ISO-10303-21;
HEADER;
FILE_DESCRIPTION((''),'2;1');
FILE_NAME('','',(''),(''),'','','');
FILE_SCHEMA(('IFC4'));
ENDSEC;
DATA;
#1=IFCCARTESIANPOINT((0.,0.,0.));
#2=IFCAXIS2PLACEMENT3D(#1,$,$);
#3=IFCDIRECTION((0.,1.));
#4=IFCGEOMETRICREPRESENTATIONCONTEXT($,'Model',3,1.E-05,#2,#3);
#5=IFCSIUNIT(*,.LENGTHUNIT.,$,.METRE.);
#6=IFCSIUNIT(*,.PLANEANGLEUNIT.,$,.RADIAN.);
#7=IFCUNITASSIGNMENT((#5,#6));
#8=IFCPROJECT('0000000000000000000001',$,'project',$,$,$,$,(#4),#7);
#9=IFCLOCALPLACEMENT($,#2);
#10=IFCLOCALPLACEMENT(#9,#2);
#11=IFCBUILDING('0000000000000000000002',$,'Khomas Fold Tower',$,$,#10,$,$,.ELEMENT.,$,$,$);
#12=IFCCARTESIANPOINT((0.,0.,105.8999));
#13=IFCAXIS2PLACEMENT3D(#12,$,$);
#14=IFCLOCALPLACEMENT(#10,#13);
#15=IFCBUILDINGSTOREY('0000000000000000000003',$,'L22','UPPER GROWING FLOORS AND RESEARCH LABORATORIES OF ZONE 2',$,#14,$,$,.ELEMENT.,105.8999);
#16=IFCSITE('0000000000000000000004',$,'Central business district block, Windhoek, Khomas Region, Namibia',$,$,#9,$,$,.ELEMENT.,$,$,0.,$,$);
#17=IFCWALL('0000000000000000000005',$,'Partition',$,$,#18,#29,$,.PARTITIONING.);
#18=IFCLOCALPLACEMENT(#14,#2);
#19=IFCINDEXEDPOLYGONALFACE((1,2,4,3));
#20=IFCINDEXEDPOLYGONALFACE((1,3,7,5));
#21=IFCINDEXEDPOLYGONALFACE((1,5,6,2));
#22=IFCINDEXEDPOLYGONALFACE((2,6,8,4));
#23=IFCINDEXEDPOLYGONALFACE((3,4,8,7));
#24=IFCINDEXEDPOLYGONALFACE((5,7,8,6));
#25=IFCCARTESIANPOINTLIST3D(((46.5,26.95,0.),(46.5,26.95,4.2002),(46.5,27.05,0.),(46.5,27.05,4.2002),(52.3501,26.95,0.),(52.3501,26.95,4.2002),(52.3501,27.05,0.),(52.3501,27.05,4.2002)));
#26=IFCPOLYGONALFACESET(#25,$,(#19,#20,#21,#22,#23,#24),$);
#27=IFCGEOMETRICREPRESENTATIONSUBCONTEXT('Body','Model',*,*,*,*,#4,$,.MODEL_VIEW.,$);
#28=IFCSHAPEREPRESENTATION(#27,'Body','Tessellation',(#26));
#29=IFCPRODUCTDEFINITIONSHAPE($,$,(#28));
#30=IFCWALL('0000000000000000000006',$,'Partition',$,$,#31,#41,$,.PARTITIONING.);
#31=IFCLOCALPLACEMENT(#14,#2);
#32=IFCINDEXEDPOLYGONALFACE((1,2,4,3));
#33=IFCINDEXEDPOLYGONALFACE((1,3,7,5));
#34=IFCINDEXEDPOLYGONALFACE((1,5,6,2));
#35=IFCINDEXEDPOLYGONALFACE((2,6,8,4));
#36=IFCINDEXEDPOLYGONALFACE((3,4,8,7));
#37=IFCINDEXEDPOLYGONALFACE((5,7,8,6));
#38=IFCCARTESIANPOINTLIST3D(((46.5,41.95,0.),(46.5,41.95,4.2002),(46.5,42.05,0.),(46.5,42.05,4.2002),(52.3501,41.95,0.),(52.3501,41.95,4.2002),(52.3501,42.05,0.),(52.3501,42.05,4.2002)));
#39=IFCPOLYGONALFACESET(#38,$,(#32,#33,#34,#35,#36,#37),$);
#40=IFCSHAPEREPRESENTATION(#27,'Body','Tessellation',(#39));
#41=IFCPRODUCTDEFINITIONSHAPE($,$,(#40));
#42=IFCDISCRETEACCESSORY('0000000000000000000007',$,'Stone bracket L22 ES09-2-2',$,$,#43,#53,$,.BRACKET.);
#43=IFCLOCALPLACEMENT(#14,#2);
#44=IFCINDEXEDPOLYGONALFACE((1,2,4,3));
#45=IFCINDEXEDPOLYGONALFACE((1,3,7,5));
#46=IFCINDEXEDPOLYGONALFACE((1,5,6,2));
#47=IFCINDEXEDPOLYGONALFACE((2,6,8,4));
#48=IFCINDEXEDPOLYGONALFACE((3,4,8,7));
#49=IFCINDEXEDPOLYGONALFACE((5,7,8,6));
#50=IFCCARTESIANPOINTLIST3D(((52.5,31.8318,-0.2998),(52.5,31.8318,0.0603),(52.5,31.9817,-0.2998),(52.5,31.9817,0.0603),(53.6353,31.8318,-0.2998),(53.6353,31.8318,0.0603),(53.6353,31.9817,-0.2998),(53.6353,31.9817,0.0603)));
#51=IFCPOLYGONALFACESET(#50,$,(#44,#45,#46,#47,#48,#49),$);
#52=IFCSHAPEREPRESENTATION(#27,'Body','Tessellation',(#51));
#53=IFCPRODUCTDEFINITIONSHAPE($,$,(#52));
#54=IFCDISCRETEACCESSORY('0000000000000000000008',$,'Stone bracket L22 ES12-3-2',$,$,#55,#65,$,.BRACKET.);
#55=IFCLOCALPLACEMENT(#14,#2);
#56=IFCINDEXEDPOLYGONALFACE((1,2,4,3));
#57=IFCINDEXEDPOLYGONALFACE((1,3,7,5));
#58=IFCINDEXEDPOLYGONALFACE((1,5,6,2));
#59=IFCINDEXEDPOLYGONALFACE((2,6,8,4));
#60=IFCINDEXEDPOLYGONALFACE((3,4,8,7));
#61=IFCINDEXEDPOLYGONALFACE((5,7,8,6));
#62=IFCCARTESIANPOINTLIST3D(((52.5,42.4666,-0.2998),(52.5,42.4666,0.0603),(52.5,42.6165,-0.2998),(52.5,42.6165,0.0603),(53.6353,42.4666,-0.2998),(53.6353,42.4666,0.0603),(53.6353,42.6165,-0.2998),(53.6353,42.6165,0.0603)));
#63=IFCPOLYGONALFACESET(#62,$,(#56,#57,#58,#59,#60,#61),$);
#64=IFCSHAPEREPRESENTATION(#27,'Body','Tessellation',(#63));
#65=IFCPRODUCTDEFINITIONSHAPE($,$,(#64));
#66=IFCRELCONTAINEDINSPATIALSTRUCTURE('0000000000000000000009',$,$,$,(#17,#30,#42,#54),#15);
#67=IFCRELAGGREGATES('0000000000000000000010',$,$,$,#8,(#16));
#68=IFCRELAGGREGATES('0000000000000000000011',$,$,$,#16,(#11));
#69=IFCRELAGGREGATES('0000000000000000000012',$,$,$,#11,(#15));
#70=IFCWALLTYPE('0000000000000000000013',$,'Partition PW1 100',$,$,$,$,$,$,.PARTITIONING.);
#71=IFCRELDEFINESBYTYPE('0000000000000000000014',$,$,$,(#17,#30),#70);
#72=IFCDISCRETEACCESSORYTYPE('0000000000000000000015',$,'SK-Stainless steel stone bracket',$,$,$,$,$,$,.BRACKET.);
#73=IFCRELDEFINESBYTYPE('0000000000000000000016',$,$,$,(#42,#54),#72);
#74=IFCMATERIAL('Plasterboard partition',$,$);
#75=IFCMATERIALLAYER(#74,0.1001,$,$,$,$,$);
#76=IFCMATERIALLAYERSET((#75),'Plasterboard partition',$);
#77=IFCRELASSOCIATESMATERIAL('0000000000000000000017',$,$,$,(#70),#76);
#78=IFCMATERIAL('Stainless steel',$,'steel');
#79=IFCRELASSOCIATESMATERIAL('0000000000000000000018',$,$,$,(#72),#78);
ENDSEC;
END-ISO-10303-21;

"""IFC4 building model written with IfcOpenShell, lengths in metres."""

from ifc_helpers import new_model, si_unit, direction, frame, frame_2d, origin, origin_2d, place, context, subcontext, project, spatial, rectangle, extrude, source, transform, mapped, material, layer, layer_set, type_object, element, save


model = new_model("IFC4")

# Units and contexts
model_context = context("Model", 3, precision=1e-05, world=origin(), true_north=direction((0.0, 1.0)))
body_context = subcontext(model_context, "Body", "Model", "MODEL_VIEW")
ifc_project = project(units=[si_unit("LENGTHUNIT", "METRE"), si_unit("PLANEANGLEUNIT", "RADIAN")], contexts=[model_context])

# Site, building, storey
site_placement = place(None, origin())
site = spatial("IfcSite", under=ifc_project, at=site_placement, Name="Central business district block, Windhoek, Khomas Region, Namibia", CompositionType="ELEMENT", RefElevation=0.0)
building_placement = place(site_placement, origin())
building = spatial("IfcBuilding", under=site, at=building_placement, Name="Khomas Fold Tower", CompositionType="ELEMENT")
storey_placement = place(building_placement, frame((0.0, 0.0, 105.8999)))
storey = spatial("IfcBuildingStorey", under=building, at=storey_placement, Name="L22", Description="UPPER GROWING FLOORS AND RESEARCH LABORATORIES OF ZONE 2", CompositionType="ELEMENT", Elevation=105.8999)

# Walls
ifc_material_1 = material(Name="Plasterboard partition")
ifc_layer_1 = layer(ifc_material_1, 0.1001)
ifc_layer_set_1 = layer_set([ifc_layer_1], Name="Plasterboard partition")
wall_type_1 = type_object("IfcWallType", Name="Partition PW1 100", PredefinedType="PARTITIONING", material=ifc_layer_set_1)
shared_shape_1 = source(origin(), body_context, "Body", "SweptSolid", [
    extrude(rectangle(XDim=5.8501, YDim=0.1001, at=frame_2d((2.925, 0.0))), origin(), (0.0, 0.0, 1.0), 4.2002),
])
for number, where, z_axis, x_axis, name in (
    (1, (46.5, 27.0, 0.0), (0.0, 0.0, 1.0), (1.0, 0.0, 0.0), "Partition"),
    (2, (46.5, 42.0, 0.0), (0.0, 0.0, 1.0), (1.0, 0.0, 0.0), "Partition"),
):
    element("IfcWall", number, at=place(storey_placement, frame(where, z_axis=z_axis, x_axis=x_axis)), inside=storey, type_object=wall_type_1, Name=name, PredefinedType="PARTITIONING", context=body_context, shape_type="MappedRepresentation", body=[
        mapped(shared_shape_1, transform((0.0, 0.0, 0.0))),
    ])

# Discrete accessories
ifc_material_2 = material(Name="Stainless steel", Category="steel")
discrete_accessory_type = type_object("IfcDiscreteAccessoryType", Name="SK-Stainless steel stone bracket", PredefinedType="BRACKET", material=ifc_material_2)
shared_shape_2 = source(origin(), body_context, "Body", "SweptSolid", [
    extrude(rectangle(XDim=1.1353, YDim=0.1499, at=origin_2d()), origin(), (0.0, 0.0, 1.0), 0.3601),
])
for number, where, z_axis, x_axis, name in (
    (3, (53.0676, 31.9067, -0.2998), (0.0, 0.0, 1.0), (1.0, 0.0, 0.0), "Stone bracket L22 ES09-2-2"),
    (4, (53.0676, 42.5415, -0.2998), (0.0, 0.0, 1.0), (1.0, 0.0, 0.0), "Stone bracket L22 ES12-3-2"),
):
    element("IfcDiscreteAccessory", number, at=place(storey_placement, frame(where, z_axis=z_axis, x_axis=x_axis)), inside=storey, type_object=discrete_accessory_type, Name=name, PredefinedType="BRACKET", context=body_context, shape_type="MappedRepresentation", body=[
        mapped(shared_shape_2, transform((0.0, 0.0, 0.0))),
    ])

save(model, "model.ifc")
